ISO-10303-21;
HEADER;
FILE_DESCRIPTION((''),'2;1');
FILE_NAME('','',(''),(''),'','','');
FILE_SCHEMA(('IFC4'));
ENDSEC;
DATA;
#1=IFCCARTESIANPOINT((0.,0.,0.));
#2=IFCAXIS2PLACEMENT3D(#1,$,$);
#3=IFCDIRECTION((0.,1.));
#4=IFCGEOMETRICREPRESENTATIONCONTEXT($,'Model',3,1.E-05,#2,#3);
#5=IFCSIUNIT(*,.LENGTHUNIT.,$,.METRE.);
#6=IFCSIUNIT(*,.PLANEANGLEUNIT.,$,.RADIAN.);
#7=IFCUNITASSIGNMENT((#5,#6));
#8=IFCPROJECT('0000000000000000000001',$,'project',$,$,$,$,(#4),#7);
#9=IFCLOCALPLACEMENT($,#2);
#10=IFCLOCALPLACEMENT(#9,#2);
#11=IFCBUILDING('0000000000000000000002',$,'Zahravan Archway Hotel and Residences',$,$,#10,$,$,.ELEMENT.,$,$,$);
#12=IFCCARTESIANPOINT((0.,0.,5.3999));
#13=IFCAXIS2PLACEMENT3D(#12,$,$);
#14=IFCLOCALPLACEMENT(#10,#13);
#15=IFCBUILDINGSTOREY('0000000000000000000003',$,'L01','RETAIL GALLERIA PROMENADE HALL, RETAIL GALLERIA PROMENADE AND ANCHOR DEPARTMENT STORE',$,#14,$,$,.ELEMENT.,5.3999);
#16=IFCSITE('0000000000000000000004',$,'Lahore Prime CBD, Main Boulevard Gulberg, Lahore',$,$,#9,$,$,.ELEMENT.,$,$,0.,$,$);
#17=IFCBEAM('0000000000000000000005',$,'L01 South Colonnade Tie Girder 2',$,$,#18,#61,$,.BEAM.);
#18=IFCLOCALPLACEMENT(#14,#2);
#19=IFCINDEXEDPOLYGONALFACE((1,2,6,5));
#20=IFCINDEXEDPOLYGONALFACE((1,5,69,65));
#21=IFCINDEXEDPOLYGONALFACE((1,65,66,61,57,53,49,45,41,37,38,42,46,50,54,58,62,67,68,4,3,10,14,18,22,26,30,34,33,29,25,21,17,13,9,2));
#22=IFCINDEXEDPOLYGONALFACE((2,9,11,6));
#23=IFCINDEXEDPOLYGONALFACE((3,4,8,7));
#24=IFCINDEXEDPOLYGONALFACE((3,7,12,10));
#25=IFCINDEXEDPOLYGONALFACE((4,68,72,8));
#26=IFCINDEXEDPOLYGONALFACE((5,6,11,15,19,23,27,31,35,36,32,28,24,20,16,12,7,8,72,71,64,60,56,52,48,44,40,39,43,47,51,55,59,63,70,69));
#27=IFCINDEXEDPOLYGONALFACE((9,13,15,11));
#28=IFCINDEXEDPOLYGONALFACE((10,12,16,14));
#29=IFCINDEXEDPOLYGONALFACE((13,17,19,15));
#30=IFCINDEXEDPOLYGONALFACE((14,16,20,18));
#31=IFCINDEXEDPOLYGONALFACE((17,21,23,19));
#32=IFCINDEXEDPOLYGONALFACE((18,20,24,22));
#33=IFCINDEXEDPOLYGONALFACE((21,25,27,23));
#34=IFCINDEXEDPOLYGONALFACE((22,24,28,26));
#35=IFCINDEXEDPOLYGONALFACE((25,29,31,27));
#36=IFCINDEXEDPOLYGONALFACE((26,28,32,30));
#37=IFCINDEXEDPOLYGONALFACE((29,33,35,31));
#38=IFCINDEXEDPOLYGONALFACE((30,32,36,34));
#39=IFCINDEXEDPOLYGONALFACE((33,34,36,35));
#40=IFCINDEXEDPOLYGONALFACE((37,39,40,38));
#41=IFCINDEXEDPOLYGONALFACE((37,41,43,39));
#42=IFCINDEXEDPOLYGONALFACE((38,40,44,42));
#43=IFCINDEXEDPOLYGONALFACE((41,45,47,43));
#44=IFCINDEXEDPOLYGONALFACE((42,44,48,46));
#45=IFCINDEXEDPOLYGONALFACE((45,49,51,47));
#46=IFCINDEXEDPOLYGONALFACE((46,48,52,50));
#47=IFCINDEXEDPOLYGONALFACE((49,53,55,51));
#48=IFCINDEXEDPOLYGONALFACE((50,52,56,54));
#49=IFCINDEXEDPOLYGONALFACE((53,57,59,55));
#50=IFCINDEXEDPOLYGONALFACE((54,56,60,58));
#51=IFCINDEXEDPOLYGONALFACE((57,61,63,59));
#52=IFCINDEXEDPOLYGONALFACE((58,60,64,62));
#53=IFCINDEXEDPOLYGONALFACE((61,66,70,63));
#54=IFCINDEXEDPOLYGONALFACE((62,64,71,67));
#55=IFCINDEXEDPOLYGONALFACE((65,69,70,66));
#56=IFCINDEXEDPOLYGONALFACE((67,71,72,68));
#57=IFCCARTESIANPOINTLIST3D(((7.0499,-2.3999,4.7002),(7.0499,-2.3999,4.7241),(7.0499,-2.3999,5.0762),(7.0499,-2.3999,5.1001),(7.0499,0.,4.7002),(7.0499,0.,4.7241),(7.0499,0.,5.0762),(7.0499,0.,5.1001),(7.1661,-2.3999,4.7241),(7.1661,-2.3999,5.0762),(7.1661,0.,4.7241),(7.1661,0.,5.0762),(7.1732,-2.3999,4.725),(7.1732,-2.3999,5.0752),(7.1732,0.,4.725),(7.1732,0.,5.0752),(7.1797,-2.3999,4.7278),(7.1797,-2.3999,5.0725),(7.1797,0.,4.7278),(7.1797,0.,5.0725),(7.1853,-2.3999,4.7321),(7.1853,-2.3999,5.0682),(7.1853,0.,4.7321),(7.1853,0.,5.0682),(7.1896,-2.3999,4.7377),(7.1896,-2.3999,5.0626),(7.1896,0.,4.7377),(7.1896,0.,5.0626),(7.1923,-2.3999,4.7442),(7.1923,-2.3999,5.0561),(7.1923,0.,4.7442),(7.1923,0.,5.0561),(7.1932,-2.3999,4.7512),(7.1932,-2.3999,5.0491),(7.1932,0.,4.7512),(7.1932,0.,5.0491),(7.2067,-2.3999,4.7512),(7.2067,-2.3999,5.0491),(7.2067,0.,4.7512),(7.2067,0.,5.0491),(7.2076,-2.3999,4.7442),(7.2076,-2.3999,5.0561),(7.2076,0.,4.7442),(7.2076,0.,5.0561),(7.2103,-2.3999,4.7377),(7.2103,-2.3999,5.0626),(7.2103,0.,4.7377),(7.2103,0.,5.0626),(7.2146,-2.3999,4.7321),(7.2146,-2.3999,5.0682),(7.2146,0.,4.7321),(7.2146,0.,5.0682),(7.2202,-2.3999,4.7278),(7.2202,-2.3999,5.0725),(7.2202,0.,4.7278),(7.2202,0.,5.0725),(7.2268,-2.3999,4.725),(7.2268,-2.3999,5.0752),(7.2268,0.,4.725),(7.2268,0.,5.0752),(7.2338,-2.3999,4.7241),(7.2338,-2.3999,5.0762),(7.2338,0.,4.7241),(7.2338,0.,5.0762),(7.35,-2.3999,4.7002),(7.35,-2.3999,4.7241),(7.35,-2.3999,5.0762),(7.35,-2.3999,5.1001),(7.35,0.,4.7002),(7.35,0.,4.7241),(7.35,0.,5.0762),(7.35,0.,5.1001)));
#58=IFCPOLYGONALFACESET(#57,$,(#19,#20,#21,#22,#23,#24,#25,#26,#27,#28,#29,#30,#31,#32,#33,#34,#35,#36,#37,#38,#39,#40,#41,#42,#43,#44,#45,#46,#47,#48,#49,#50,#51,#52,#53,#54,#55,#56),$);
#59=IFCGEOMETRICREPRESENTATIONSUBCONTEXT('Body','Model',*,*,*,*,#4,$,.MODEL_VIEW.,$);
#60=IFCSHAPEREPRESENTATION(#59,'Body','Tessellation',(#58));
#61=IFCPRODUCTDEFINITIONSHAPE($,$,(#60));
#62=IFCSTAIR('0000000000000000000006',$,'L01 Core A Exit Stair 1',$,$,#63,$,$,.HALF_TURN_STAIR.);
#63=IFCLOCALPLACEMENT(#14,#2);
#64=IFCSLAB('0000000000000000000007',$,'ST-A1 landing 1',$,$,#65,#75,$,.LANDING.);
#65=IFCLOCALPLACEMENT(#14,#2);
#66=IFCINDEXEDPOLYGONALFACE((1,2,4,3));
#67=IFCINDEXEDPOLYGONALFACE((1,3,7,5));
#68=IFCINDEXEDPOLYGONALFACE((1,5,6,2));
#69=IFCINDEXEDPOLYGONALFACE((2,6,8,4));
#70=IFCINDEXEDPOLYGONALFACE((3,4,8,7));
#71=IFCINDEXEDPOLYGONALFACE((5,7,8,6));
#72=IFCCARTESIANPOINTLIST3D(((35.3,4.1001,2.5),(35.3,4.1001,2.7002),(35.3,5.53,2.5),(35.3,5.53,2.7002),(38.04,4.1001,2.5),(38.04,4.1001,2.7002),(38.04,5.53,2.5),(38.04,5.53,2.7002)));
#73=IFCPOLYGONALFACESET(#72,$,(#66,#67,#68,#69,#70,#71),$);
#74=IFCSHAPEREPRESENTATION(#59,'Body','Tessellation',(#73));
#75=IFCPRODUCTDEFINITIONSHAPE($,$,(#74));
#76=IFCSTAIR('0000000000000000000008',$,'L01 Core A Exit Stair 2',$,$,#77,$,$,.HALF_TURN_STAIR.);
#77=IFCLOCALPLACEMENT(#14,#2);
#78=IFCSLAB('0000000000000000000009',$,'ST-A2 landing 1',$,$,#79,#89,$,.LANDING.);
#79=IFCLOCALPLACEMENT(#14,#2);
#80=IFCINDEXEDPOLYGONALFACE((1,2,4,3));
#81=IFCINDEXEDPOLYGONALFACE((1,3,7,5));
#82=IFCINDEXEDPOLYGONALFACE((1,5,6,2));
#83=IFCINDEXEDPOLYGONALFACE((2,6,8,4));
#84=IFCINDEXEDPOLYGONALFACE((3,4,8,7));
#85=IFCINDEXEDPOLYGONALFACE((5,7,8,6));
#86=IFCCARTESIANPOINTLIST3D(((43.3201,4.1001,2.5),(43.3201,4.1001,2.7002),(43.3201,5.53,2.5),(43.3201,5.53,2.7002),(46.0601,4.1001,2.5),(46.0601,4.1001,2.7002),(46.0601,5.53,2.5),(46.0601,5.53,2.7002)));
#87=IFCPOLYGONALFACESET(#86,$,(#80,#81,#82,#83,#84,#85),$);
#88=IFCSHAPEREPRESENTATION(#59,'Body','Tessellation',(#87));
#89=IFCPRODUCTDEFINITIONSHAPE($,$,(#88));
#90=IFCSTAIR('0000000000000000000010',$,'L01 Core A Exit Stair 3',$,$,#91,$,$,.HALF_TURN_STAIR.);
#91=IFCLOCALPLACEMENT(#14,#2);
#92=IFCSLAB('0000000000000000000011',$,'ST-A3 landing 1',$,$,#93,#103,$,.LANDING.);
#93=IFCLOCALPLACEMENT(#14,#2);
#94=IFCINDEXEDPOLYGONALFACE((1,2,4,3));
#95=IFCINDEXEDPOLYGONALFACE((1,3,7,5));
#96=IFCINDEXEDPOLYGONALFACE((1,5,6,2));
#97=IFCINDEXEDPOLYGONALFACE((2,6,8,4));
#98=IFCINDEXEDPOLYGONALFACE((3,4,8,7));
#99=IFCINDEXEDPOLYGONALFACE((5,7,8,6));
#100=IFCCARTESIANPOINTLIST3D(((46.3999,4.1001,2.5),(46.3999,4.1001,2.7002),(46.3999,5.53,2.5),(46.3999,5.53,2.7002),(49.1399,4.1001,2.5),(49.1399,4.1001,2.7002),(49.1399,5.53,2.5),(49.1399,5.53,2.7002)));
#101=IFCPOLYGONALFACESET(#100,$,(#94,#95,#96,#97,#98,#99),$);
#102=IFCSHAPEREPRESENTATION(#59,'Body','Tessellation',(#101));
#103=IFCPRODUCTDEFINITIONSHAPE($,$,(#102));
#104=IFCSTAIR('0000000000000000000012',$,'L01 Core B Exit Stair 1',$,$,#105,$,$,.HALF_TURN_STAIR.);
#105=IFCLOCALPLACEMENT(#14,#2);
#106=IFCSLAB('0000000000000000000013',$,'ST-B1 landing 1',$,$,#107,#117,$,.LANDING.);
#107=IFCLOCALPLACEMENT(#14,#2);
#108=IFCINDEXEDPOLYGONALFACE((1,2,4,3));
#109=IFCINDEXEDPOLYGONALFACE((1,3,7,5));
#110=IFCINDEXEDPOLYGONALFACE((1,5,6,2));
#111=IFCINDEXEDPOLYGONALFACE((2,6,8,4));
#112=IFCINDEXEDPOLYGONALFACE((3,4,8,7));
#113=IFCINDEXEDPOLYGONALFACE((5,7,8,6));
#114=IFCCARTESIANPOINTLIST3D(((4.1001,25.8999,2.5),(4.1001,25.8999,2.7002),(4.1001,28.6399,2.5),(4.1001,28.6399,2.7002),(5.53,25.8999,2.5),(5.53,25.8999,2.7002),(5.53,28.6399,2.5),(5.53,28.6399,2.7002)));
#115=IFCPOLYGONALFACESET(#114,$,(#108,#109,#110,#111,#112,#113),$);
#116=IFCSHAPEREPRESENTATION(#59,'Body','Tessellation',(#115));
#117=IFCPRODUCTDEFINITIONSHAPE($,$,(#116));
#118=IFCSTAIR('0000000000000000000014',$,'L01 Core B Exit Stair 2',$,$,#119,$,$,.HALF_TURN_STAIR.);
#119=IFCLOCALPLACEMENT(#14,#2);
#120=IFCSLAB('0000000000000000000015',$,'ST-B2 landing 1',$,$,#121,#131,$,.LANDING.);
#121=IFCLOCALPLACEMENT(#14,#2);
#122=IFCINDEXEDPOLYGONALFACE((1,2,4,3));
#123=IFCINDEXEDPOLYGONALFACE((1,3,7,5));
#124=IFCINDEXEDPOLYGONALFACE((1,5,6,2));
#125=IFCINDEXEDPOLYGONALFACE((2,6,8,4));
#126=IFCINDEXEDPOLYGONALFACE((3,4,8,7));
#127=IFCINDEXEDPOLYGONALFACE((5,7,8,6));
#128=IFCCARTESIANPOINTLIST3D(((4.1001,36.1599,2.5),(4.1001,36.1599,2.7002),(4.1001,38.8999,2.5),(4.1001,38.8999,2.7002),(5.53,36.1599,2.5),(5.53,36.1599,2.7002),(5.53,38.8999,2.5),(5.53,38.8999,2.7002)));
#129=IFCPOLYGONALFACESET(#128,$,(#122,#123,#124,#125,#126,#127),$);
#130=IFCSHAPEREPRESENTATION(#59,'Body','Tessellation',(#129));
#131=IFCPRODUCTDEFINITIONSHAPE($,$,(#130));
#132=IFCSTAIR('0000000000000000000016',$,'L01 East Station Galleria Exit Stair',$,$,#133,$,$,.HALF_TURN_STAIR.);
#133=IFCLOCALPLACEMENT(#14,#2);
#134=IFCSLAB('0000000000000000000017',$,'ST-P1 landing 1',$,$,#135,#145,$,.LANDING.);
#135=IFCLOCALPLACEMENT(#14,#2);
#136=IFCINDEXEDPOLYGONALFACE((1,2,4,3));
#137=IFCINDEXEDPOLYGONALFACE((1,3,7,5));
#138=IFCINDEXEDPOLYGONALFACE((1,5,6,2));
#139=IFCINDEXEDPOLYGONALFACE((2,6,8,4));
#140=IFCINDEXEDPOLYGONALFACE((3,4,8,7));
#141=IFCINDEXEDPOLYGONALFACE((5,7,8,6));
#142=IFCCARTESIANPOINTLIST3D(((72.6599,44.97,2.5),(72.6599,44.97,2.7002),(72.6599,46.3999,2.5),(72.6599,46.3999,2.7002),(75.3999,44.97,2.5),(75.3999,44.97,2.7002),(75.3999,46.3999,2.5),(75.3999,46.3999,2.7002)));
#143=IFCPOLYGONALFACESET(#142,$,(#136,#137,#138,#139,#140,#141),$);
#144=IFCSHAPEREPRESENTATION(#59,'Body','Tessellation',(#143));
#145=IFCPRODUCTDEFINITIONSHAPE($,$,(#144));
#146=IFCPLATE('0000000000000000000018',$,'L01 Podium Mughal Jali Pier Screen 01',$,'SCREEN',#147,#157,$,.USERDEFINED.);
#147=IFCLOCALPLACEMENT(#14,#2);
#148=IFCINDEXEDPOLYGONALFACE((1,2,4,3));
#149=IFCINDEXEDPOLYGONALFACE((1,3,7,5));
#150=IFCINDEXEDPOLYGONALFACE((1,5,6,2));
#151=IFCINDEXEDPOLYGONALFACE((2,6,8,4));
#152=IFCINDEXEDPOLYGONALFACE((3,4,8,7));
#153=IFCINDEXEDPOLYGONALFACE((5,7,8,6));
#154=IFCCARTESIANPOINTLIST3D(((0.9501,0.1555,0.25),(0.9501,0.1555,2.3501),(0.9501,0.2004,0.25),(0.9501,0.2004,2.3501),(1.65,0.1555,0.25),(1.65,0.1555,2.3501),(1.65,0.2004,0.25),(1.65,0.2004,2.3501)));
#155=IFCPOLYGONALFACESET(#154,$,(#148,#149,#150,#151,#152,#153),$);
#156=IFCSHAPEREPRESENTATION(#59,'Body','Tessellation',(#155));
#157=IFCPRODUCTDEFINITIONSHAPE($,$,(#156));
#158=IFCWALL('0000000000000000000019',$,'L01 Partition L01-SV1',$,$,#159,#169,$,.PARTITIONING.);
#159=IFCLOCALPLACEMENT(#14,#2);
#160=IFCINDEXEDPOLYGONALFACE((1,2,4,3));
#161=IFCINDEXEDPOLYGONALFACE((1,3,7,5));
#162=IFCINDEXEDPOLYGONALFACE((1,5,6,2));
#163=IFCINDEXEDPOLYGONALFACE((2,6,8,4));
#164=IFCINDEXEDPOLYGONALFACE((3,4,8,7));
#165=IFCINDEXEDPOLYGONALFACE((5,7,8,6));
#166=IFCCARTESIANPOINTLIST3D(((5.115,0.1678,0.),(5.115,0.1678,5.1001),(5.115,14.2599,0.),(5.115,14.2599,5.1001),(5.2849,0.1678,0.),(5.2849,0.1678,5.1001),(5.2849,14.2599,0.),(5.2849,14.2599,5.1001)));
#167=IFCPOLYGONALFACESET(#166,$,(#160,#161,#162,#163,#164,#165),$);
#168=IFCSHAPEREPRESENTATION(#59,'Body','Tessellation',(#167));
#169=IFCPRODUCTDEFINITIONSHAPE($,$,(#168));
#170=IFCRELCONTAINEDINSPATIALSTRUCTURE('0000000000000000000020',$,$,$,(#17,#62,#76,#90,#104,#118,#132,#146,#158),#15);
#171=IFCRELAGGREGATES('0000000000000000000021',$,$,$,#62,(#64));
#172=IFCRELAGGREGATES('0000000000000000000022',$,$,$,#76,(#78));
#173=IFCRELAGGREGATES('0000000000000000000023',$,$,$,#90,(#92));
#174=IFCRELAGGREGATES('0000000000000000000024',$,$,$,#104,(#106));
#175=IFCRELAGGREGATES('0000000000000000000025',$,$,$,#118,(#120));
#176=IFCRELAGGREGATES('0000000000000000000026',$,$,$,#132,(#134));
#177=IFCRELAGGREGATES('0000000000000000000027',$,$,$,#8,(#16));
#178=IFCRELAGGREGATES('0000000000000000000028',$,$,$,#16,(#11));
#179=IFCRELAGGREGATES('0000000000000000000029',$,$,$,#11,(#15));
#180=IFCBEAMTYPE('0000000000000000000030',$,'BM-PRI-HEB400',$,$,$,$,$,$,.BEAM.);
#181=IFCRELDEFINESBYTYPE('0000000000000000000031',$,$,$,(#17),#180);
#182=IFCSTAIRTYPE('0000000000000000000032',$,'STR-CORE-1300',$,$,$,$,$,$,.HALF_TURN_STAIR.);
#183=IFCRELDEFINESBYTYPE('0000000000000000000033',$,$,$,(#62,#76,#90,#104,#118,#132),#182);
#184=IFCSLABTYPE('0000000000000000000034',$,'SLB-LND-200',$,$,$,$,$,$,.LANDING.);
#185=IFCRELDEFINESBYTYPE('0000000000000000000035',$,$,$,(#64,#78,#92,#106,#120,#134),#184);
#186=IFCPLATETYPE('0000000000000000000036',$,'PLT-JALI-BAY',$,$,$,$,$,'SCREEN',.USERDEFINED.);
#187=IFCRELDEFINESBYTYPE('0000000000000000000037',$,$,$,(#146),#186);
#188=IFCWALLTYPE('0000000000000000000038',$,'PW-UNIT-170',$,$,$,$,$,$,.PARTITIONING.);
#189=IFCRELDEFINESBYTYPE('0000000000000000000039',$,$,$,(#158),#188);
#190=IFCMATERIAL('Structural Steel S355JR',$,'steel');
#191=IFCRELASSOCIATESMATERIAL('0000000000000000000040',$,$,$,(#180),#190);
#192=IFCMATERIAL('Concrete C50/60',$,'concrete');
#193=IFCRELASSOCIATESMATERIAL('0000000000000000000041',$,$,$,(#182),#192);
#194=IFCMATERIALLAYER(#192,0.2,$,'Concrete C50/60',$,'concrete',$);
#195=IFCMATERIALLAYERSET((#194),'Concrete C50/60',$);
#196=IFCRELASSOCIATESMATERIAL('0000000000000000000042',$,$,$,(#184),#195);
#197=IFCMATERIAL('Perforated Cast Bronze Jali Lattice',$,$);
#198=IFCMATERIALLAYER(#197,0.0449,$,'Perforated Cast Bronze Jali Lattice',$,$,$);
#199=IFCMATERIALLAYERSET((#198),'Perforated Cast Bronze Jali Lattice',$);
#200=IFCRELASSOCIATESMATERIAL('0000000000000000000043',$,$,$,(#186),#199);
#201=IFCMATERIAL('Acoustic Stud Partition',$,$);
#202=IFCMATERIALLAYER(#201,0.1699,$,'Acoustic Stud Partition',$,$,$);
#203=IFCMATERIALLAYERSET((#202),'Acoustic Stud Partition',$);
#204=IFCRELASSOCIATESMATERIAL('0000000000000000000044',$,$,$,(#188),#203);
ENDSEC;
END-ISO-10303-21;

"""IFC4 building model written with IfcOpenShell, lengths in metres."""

from ifc_helpers import new_model, si_unit, direction, frame, frame_2d, origin, origin_2d, place, context, subcontext, project, spatial, polyline, rectangle, i_section, outline, extrude, source, transform, mapped, material, layer, layer_set, material_profile, profile_set, type_object, type_shapes, element, aggregate, save


model = new_model("IFC4")

# Units and contexts
model_context = context("Model", 3, precision=1e-05, world=origin(), true_north=direction((0.0, 1.0)))
body_context = subcontext(model_context, "Body", "Model", "MODEL_VIEW")
ifc_project = project(units=[si_unit("LENGTHUNIT", "METRE"), si_unit("PLANEANGLEUNIT", "RADIAN")], contexts=[model_context])

# Site, building, storey
site_placement = place(None, origin())
site = spatial("IfcSite", under=ifc_project, at=site_placement, Name="Lahore Prime CBD, Main Boulevard Gulberg, Lahore", CompositionType="ELEMENT", RefElevation=0.0)
building_placement = place(site_placement, origin())
building = spatial("IfcBuilding", under=site, at=building_placement, Name="Zahravan Archway Hotel and Residences", CompositionType="ELEMENT")
storey_placement = place(building_placement, frame((0.0, 0.0, 5.3999)))
storey = spatial("IfcBuildingStorey", under=building, at=storey_placement, Name="L01", Description="RETAIL GALLERIA PROMENADE HALL, RETAIL GALLERIA PROMENADE AND ANCHOR DEPARTMENT STORE", CompositionType="ELEMENT", Elevation=5.3999)

# Beam
ifc_material_1 = material(Name="Structural Steel S355JR", Category="steel")
ifc_material_profile_1 = material_profile(ifc_material_1, i_section(OverallWidth=0.3, OverallDepth=0.3999, WebThickness=0.0134, FlangeThickness=0.0239, FilletRadius=0.0271, at=origin_2d()), Name="HEB 400", Category="steel")
ifc_profile_set_1 = profile_set([ifc_material_profile_1], Name="Structural Steel S355JR")
beam_type_1 = type_object("IfcBeamType", Name="BM-PRI-HEB400", PredefinedType="BEAM", material=ifc_profile_set_1)
shared_shape_1 = source(origin(), body_context, "Body", "SweptSolid", [
    extrude(i_section(OverallWidth=0.3, OverallDepth=0.3999, WebThickness=0.0134, FlangeThickness=0.0239, FilletRadius=0.0271, at=origin_2d()), origin(), (0.0, 0.0, 1.0), 2.3999),
])
beam_1_placement = place(storey_placement, frame((7.2, -2.3999, 4.9001), z_axis=(0.0, 1.0, 0.0), x_axis=(-1.0, 0.0, 0.0)))
element("IfcBeam", 1, at=beam_1_placement, inside=storey, type_object=beam_type_1, Name="L01 South Colonnade Tie Girder 2", PredefinedType="BEAM", context=body_context, shape_type="MappedRepresentation", body=[
    mapped(shared_shape_1, transform((0.0, 0.0, 0.0), scale=1.0)),
])

# Stairs, slabs
ifc_material_2 = material(Name="Concrete C50/60", Category="concrete")
stair_type = type_object("IfcStairType", Name="STR-CORE-1300", PredefinedType="HALF_TURN_STAIR", material=ifc_material_2)
stair_1_placement = place(storey_placement, origin())
stair_1 = element("IfcStair", 2, at=stair_1_placement, inside=storey, type_object=stair_type, Name="L01 Core A Exit Stair 1", PredefinedType="HALF_TURN_STAIR")
ifc_layer_1 = layer(ifc_material_2, 0.2, Name="Concrete C50/60", Category="concrete")
ifc_layer_set_1 = layer_set([ifc_layer_1], Name="Concrete C50/60")
slab_type = type_object("IfcSlabType", Name="SLB-LND-200", PredefinedType="LANDING", material=ifc_layer_set_1)
slab_1_placement = place(storey_placement, frame((0.0, 0.0, 2.5)))
slab_1 = element("IfcSlab", 3, at=slab_1_placement, type_object=slab_type, Name="ST-A1 landing 1", PredefinedType="LANDING", context=body_context, shape_type="SweptSolid", body=[
    extrude(outline(polyline([(35.3, 5.53), (35.3, 4.1001), (38.04, 4.1001), (38.04, 5.53), (35.3, 5.53)])), origin(), (0.0, 0.0, 1.0), 0.2002),
])
aggregate(stair_1, [slab_1])
stair_2_placement = place(storey_placement, origin())
stair_2 = element("IfcStair", 4, at=stair_2_placement, inside=storey, type_object=stair_type, Name="L01 Core A Exit Stair 2", PredefinedType="HALF_TURN_STAIR")
slab_2_placement = place(storey_placement, frame((0.0, 0.0, 2.5)))
slab_2 = element("IfcSlab", 5, at=slab_2_placement, type_object=slab_type, Name="ST-A2 landing 1", PredefinedType="LANDING", context=body_context, shape_type="SweptSolid", body=[
    extrude(outline(polyline([(43.3201, 5.53), (43.3201, 4.1001), (46.0601, 4.1001), (46.0601, 5.53), (43.3201, 5.53)])), origin(), (0.0, 0.0, 1.0), 0.2002),
])
aggregate(stair_2, [slab_2])
stair_3_placement = place(storey_placement, origin())
stair_3 = element("IfcStair", 6, at=stair_3_placement, inside=storey, type_object=stair_type, Name="L01 Core A Exit Stair 3", PredefinedType="HALF_TURN_STAIR")
slab_3_placement = place(storey_placement, frame((0.0, 0.0, 2.5)))
slab_3 = element("IfcSlab", 7, at=slab_3_placement, type_object=slab_type, Name="ST-A3 landing 1", PredefinedType="LANDING", context=body_context, shape_type="SweptSolid", body=[
    extrude(outline(polyline([(46.3999, 5.53), (46.3999, 4.1001), (49.1399, 4.1001), (49.1399, 5.53), (46.3999, 5.53)])), origin(), (0.0, 0.0, 1.0), 0.2002),
])
aggregate(stair_3, [slab_3])
stair_4_placement = place(storey_placement, origin())
stair_4 = element("IfcStair", 8, at=stair_4_placement, inside=storey, type_object=stair_type, Name="L01 Core B Exit Stair 1", PredefinedType="HALF_TURN_STAIR")
slab_4_placement = place(storey_placement, frame((0.0, 0.0, 2.5)))
slab_4 = element("IfcSlab", 9, at=slab_4_placement, type_object=slab_type, Name="ST-B1 landing 1", PredefinedType="LANDING", context=body_context, shape_type="SweptSolid", body=[
    extrude(outline(polyline([(5.53, 28.6399), (4.1001, 28.6399), (4.1001, 25.8999), (5.53, 25.8999), (5.53, 28.6399)])), origin(), (0.0, 0.0, 1.0), 0.2002),
])
aggregate(stair_4, [slab_4])
stair_5_placement = place(storey_placement, origin())
stair_5 = element("IfcStair", 10, at=stair_5_placement, inside=storey, type_object=stair_type, Name="L01 Core B Exit Stair 2", PredefinedType="HALF_TURN_STAIR")
slab_5_placement = place(storey_placement, frame((0.0, 0.0, 2.5)))
slab_5 = element("IfcSlab", 11, at=slab_5_placement, type_object=slab_type, Name="ST-B2 landing 1", PredefinedType="LANDING", context=body_context, shape_type="SweptSolid", body=[
    extrude(outline(polyline([(5.53, 38.8999), (4.1001, 38.8999), (4.1001, 36.1599), (5.53, 36.1599), (5.53, 38.8999)])), origin(), (0.0, 0.0, 1.0), 0.2002),
])
aggregate(stair_5, [slab_5])
stair_6_placement = place(storey_placement, origin())
stair_6 = element("IfcStair", 12, at=stair_6_placement, inside=storey, type_object=stair_type, Name="L01 East Station Galleria Exit Stair", PredefinedType="HALF_TURN_STAIR")
slab_6_placement = place(storey_placement, frame((0.0, 0.0, 2.5)))
slab_6 = element("IfcSlab", 13, at=slab_6_placement, type_object=slab_type, Name="ST-P1 landing 1", PredefinedType="LANDING", context=body_context, shape_type="SweptSolid", body=[
    extrude(outline(polyline([(75.3999, 44.97), (75.3999, 46.3999), (72.6599, 46.3999), (72.6599, 44.97), (75.3999, 44.97)])), origin(), (0.0, 0.0, 1.0), 0.2002),
])
aggregate(stair_6, [slab_6])

# Plate
ifc_material_3 = material(Name="Perforated Cast Bronze Jali Lattice")
ifc_layer_2 = layer(ifc_material_3, 0.0449, Name="Perforated Cast Bronze Jali Lattice")
ifc_layer_set_2 = layer_set([ifc_layer_2], Name="Perforated Cast Bronze Jali Lattice")
plate_type = type_object("IfcPlateType", Name="PLT-JALI-BAY", ElementType="SCREEN", PredefinedType="USERDEFINED", material=ifc_layer_set_2)
shared_shape_2 = source(origin(), body_context, "Body", "SweptSolid", [
    extrude(rectangle(XDim=0.7, YDim=0.0449, at=origin_2d()), origin(), (0.0, 0.0, 1.0), 2.1001),
])
type_shapes(plate_type, [shared_shape_2])
plate_placement = place(storey_placement, frame((1.3, 0.178, 0.25), z_axis=(0.0, 0.0, 1.0), x_axis=(1.0, 0.0, 0.0)))
element("IfcPlate", 14, at=plate_placement, inside=storey, type_object=plate_type, Name="L01 Podium Mughal Jali Pier Screen 01", ObjectType="SCREEN", PredefinedType="USERDEFINED", context=body_context, shape_type="MappedRepresentation", body=[
    mapped(shared_shape_2, transform((0.0, 0.0, 0.0), scale=1.0)),
])

# Wall
ifc_material_4 = material(Name="Acoustic Stud Partition")
ifc_layer_3 = layer(ifc_material_4, 0.1699, Name="Acoustic Stud Partition")
ifc_layer_set_3 = layer_set([ifc_layer_3], Name="Acoustic Stud Partition")
wall_type = type_object("IfcWallType", Name="PW-UNIT-170", PredefinedType="PARTITIONING", material=ifc_layer_set_3)
wall_placement = place(storey_placement, frame((5.2, 0.168, 0.0), z_axis=(0.0, 0.0, 1.0), x_axis=(0.0, 1.0, 0.0)))
element("IfcWall", 15, at=wall_placement, inside=storey, type_object=wall_type, Name="L01 Partition L01-SV1", PredefinedType="PARTITIONING", context=body_context, shape_type="SweptSolid", body=[
    extrude(rectangle(XDim=14.092, YDim=0.1699, at=frame_2d((7.0459, 0.0))), origin(), (0.0, 0.0, 1.0), 5.1001),
])

save(model, "model.ifc")
